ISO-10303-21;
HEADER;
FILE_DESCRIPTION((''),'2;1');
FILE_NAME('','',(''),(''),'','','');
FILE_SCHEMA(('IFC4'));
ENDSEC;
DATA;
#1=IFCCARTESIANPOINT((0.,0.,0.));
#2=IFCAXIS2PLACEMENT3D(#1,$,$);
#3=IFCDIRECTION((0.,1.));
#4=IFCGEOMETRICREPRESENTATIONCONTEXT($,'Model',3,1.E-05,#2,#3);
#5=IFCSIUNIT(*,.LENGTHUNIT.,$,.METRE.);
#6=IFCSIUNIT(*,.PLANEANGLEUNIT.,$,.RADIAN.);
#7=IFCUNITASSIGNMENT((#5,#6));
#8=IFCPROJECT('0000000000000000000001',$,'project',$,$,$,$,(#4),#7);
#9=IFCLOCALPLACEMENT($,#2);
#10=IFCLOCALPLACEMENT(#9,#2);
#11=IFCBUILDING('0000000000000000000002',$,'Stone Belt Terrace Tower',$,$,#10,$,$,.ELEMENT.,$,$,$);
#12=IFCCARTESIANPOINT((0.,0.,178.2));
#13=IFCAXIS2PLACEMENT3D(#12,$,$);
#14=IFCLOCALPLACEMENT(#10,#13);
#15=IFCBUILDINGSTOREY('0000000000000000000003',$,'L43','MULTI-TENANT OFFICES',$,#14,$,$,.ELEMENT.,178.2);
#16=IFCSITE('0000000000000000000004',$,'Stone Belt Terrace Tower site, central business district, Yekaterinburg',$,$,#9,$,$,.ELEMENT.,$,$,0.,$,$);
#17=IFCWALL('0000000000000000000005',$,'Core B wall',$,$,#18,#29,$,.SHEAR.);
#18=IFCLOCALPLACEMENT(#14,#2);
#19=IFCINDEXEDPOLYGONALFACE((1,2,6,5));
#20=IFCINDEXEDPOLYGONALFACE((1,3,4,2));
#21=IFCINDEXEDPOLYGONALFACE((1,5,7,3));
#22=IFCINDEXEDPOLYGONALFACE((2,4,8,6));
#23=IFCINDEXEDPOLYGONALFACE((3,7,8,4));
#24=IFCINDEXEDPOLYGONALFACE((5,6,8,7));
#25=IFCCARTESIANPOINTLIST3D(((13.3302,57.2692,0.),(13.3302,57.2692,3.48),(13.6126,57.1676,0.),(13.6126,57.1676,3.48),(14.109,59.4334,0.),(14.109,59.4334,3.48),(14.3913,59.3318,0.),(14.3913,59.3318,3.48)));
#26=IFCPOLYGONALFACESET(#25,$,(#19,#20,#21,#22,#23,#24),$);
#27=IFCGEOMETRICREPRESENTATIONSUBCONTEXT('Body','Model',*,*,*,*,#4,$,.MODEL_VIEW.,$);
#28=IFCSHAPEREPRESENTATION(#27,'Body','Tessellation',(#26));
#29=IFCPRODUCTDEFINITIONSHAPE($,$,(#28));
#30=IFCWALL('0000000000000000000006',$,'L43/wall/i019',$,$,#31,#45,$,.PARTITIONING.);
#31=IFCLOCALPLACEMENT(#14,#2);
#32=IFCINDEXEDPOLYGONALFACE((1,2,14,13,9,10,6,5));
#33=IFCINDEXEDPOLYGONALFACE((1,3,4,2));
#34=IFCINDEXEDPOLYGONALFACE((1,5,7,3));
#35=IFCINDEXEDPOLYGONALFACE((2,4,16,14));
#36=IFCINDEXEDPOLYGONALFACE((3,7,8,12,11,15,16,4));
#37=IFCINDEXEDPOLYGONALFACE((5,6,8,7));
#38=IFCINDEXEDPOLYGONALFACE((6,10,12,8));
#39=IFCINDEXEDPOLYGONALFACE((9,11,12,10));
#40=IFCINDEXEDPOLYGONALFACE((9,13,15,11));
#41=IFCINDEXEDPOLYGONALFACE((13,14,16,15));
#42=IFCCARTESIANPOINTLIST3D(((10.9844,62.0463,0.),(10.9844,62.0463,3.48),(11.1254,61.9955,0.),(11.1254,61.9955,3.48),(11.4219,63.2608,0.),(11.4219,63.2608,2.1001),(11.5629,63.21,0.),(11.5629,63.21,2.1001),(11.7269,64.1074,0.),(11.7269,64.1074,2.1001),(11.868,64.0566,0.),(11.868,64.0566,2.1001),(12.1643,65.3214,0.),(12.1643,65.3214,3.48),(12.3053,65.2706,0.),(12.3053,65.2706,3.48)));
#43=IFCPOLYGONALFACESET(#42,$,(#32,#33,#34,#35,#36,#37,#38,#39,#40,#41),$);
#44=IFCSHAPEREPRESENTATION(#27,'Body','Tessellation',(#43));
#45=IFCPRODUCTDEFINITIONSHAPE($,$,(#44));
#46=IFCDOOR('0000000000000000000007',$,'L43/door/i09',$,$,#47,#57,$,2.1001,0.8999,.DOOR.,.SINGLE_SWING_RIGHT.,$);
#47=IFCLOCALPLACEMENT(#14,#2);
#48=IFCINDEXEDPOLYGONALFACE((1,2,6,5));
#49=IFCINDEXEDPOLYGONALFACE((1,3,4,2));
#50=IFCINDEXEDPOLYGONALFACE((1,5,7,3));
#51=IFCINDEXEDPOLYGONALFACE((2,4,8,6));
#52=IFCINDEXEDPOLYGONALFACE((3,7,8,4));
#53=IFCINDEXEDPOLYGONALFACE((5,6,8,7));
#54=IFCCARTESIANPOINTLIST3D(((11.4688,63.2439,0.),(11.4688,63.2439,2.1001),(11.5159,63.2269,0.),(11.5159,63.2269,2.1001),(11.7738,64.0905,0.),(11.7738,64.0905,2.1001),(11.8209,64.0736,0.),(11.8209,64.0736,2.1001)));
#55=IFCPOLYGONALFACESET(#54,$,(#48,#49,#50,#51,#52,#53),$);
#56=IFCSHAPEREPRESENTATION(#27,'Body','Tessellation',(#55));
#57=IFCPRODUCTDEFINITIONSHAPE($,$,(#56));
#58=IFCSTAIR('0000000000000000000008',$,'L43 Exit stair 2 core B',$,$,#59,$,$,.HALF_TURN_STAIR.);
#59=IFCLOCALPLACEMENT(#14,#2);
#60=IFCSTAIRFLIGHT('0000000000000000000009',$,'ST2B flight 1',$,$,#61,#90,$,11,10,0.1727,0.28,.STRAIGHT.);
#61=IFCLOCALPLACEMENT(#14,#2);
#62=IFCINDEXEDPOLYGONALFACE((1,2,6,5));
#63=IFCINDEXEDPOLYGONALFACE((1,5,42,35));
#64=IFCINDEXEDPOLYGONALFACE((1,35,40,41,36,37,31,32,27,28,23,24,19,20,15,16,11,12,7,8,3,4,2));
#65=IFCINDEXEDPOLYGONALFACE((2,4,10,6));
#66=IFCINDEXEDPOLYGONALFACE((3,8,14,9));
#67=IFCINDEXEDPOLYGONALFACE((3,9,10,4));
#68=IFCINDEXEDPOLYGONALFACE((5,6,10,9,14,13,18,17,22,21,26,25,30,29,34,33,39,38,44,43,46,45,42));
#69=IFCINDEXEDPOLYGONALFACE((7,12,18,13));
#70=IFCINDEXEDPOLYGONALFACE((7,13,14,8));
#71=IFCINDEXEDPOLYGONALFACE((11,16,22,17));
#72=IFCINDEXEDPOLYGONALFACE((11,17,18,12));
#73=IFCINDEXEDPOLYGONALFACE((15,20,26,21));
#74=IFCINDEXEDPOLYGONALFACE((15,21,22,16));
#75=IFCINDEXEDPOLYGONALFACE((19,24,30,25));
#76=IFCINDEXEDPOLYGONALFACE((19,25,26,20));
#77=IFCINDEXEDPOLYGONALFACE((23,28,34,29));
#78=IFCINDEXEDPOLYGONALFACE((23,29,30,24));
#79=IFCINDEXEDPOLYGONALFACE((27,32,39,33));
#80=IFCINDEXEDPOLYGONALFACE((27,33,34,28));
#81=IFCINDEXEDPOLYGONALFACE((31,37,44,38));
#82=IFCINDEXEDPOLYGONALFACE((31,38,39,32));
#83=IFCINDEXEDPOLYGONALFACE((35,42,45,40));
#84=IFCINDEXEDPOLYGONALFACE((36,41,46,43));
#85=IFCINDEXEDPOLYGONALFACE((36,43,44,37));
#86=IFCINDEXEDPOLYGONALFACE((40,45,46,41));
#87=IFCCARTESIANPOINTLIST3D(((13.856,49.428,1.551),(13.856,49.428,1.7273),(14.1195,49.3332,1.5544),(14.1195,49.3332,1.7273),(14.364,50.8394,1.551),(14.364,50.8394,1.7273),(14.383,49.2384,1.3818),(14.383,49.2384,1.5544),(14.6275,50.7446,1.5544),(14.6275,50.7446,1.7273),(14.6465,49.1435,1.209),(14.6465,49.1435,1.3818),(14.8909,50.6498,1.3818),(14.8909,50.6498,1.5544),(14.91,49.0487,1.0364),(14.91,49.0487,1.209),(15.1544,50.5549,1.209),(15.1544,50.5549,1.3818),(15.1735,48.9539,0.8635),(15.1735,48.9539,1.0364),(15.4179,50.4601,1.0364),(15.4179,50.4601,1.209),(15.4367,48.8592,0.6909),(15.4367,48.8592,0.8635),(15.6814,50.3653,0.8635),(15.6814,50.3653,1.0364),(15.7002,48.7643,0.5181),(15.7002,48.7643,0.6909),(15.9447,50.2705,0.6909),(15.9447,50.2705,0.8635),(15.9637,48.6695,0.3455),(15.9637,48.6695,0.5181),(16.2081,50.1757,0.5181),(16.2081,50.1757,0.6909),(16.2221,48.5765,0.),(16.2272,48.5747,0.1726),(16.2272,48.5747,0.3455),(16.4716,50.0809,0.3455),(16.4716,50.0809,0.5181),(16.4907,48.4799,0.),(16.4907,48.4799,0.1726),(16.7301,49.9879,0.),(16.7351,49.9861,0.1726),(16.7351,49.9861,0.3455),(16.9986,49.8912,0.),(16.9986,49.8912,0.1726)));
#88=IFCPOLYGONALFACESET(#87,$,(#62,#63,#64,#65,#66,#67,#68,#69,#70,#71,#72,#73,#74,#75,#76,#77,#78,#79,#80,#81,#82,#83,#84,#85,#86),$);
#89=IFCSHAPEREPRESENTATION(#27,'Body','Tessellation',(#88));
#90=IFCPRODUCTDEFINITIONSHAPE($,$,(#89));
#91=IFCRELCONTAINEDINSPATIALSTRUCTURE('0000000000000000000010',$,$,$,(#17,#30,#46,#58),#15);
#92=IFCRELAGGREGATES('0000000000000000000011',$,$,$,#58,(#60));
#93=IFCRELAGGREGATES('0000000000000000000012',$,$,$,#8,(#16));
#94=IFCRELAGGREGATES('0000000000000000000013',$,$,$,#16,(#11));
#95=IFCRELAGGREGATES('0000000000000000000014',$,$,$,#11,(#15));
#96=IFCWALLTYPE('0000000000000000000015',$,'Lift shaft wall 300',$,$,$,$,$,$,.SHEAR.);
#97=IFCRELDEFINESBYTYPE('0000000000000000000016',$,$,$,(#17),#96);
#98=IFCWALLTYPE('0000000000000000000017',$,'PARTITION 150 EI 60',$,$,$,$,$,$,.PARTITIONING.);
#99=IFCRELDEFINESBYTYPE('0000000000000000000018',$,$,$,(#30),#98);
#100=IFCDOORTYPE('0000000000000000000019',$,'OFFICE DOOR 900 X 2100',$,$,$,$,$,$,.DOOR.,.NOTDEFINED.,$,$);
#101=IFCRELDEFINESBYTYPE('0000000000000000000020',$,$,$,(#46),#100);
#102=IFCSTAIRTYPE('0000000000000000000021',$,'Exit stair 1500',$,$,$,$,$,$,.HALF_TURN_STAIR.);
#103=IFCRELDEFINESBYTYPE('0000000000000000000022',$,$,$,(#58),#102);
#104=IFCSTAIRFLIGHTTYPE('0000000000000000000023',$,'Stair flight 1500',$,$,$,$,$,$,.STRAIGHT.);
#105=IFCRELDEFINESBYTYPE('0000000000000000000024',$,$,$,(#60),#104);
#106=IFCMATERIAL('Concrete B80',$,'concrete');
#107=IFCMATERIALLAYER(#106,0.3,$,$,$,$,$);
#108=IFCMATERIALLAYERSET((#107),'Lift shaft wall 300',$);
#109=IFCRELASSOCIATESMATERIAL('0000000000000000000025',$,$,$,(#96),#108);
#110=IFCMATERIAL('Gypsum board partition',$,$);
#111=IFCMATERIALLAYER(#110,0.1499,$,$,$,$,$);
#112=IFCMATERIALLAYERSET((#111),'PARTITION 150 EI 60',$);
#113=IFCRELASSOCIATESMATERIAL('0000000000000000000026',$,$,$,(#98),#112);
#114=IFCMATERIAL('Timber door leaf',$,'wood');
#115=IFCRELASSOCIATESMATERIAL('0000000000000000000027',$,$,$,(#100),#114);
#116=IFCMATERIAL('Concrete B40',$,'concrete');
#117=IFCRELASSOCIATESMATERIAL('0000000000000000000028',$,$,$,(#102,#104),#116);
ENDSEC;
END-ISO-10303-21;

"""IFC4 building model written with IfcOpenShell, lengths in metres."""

from ifc_helpers import new_model, si_unit, direction, frame, frame_2d, origin, place, context, subcontext, project, spatial, polyline, rectangle, outline, extrude, material, layer, layer_set, type_object, element, fill, aggregate, save


model = new_model("IFC4")

# Units and contexts
model_context = context("Model", 3, precision=1e-05, world=origin(), true_north=direction((0.0, 1.0)))
body_context = subcontext(model_context, "Body", "Model", "MODEL_VIEW")
ifc_project = project(units=[si_unit("LENGTHUNIT", "METRE"), si_unit("PLANEANGLEUNIT", "RADIAN")], contexts=[model_context])

# Site, building, storey
site_placement = place(None, origin())
site = spatial("IfcSite", under=ifc_project, at=site_placement, Name="Stone Belt Terrace Tower site, central business district, Yekaterinburg", CompositionType="ELEMENT", RefElevation=0.0)
building_placement = place(site_placement, origin())
building = spatial("IfcBuilding", under=site, at=building_placement, Name="Stone Belt Terrace Tower", CompositionType="ELEMENT")
storey_placement = place(building_placement, frame((0.0, 0.0, 178.2)))
storey = spatial("IfcBuildingStorey", under=building, at=storey_placement, Name="L43", Description="MULTI-TENANT OFFICES", CompositionType="ELEMENT", Elevation=178.2)

# Shared definitions
ifc_material_1 = material(Name="Concrete B80", Category="concrete")

# Shared definitions
ifc_material_2 = material(Name="Timber door leaf", Category="wood")

# Wall
ifc_layer_1 = layer(ifc_material_1, 0.3)
ifc_layer_set_1 = layer_set([ifc_layer_1], Name="Lift shaft wall 300")
wall_type_1 = type_object("IfcWallType", Name="Lift shaft wall 300", PredefinedType="SHEAR", material=ifc_layer_set_1)
wall_1_placement = place(storey_placement, frame((13.4714, 57.2185, 0.0), z_axis=(0.0, 0.0, 1.0), x_axis=(0.338588, 0.940935, 0.0)))
element("IfcWall", 1, at=wall_1_placement, inside=storey, type_object=wall_type_1, Name="Core B wall", PredefinedType="SHEAR", context=body_context, shape_type="SweptSolid", body=[
    extrude(rectangle(XDim=2.3, YDim=0.3, at=frame_2d((1.1499, 0.0))), origin(), (0.0, 0.0, 1.0), 3.48),
])

# Wall, opening, door
ifc_material_3 = material(Name="Gypsum board partition")
ifc_layer_2 = layer(ifc_material_3, 0.1499)
ifc_layer_set_2 = layer_set([ifc_layer_2], Name="PARTITION 150 EI 60")
wall_type_2 = type_object("IfcWallType", Name="PARTITION 150 EI 60", PredefinedType="PARTITIONING", material=ifc_layer_set_2)
wall_2_placement = place(storey_placement, frame((12.2349, 65.2961, 0.0), z_axis=(0.0, 0.0, 1.0), x_axis=(-0.338943, -0.940807, 0.0)))
wall_2 = element("IfcWall", 2, at=wall_2_placement, inside=storey, type_object=wall_type_2, Name="L43/wall/i019", PredefinedType="PARTITIONING", context=body_context, shape_type="SweptSolid", body=[
    extrude(rectangle(XDim=3.4812, YDim=0.1499, at=frame_2d((1.7407, 0.0))), origin(), (0.0, 0.0, 1.0), 3.48),
])
opening_1_placement = place(wall_2_placement, frame((1.2905, 0.0, 0.0)))
opening_1 = element("IfcOpeningElement", 3, at=opening_1_placement, cuts=wall_2, PredefinedType="OPENING", context=body_context, shape_type="SweptSolid", body=[
    extrude(rectangle(XDim=0.8999, YDim=2.1001, at=frame_2d((0.45, 1.05))), frame((0.0, 0.085, 0.0), z_axis=(0.0, -1.0, 0.0), x_axis=(1.0, 0.0, 0.0)), (0.0, 0.0, 1.0), 0.1699),
])
door_type_1 = type_object("IfcDoorType", Name="OFFICE DOOR 900 X 2100", OperationType="NOTDEFINED", PredefinedType="DOOR", material=ifc_material_2)
door_1_placement = place(opening_1_placement, origin())
door_1 = element("IfcDoor", 4, at=door_1_placement, inside=storey, type_object=door_type_1, Name="L43/door/i09", OperationType="SINGLE_SWING_RIGHT", OverallHeight=2.1001, OverallWidth=0.8999, PredefinedType="DOOR", context=body_context, shape_type="SweptSolid", body=[
    extrude(rectangle(XDim=0.8999, YDim=2.1001, at=frame_2d((0.45, 1.05))), frame((0.0, 0.0249, 0.0), z_axis=(0.0, -1.0, 0.0), x_axis=(1.0, 0.0, 0.0)), (0.0, 0.0, 1.0), 0.05),
])
fill(opening_1, door_1)

# Stair, stair flight
ifc_material_4 = material(Name="Concrete B40", Category="concrete")
stair_type = type_object("IfcStairType", Name="Exit stair 1500", PredefinedType="HALF_TURN_STAIR", material=ifc_material_4)
stair_placement = place(storey_placement, origin())
stair = element("IfcStair", 5, at=stair_placement, inside=storey, type_object=stair_type, Name="L43 Exit stair 2 core B", PredefinedType="HALF_TURN_STAIR")
stair_flight_type = type_object("IfcStairFlightType", Name="Stair flight 1500", PredefinedType="STRAIGHT", material=ifc_material_4)
stair_flight_placement = place(storey_placement, frame((16.7446, 49.1855, 0.0), z_axis=(0.0, 0.0, 1.0), x_axis=(-0.940922, 0.338624, 0.0)))
stair_flight = element("IfcStairFlight", 6, at=stair_flight_placement, type_object=stair_flight_type, Name="ST2B flight 1", NumberOfRisers=11, NumberOfTreads=10, PredefinedType="STRAIGHT", RiserHeight=0.1727, TreadLength=0.28, context=body_context, shape_type="SweptSolid", body=[
    extrude(outline(polyline([(0.0, 0.0), (0.0, 0.1726), (0.28, 0.1726), (0.28, 0.3455), (0.5601, 0.3455), (0.5601, 0.5181), (0.8401, 0.5181), (0.8401, 0.6909), (1.1201, 0.6909), (1.1201, 0.8635), (1.3999, 0.8635), (1.3999, 1.0364), (1.6799, 1.0364), (1.6799, 1.209), (1.96, 1.209), (1.96, 1.3818), (2.24, 1.3818), (2.24, 1.5544), (2.52, 1.5544), (2.52, 1.7273), (2.8, 1.7273), (2.8, 1.8999), (2.8, 1.551), (0.2854, 0.0), (0.0, 0.0)])), frame((0.0, 0.75, 0.0), z_axis=(0.0, -1.0, 0.0), x_axis=(1.0, 0.0, 0.0)), (0.0, 0.0, 1.0), 1.5),
])
aggregate(stair, [stair_flight])

save(model, "model.ifc")
